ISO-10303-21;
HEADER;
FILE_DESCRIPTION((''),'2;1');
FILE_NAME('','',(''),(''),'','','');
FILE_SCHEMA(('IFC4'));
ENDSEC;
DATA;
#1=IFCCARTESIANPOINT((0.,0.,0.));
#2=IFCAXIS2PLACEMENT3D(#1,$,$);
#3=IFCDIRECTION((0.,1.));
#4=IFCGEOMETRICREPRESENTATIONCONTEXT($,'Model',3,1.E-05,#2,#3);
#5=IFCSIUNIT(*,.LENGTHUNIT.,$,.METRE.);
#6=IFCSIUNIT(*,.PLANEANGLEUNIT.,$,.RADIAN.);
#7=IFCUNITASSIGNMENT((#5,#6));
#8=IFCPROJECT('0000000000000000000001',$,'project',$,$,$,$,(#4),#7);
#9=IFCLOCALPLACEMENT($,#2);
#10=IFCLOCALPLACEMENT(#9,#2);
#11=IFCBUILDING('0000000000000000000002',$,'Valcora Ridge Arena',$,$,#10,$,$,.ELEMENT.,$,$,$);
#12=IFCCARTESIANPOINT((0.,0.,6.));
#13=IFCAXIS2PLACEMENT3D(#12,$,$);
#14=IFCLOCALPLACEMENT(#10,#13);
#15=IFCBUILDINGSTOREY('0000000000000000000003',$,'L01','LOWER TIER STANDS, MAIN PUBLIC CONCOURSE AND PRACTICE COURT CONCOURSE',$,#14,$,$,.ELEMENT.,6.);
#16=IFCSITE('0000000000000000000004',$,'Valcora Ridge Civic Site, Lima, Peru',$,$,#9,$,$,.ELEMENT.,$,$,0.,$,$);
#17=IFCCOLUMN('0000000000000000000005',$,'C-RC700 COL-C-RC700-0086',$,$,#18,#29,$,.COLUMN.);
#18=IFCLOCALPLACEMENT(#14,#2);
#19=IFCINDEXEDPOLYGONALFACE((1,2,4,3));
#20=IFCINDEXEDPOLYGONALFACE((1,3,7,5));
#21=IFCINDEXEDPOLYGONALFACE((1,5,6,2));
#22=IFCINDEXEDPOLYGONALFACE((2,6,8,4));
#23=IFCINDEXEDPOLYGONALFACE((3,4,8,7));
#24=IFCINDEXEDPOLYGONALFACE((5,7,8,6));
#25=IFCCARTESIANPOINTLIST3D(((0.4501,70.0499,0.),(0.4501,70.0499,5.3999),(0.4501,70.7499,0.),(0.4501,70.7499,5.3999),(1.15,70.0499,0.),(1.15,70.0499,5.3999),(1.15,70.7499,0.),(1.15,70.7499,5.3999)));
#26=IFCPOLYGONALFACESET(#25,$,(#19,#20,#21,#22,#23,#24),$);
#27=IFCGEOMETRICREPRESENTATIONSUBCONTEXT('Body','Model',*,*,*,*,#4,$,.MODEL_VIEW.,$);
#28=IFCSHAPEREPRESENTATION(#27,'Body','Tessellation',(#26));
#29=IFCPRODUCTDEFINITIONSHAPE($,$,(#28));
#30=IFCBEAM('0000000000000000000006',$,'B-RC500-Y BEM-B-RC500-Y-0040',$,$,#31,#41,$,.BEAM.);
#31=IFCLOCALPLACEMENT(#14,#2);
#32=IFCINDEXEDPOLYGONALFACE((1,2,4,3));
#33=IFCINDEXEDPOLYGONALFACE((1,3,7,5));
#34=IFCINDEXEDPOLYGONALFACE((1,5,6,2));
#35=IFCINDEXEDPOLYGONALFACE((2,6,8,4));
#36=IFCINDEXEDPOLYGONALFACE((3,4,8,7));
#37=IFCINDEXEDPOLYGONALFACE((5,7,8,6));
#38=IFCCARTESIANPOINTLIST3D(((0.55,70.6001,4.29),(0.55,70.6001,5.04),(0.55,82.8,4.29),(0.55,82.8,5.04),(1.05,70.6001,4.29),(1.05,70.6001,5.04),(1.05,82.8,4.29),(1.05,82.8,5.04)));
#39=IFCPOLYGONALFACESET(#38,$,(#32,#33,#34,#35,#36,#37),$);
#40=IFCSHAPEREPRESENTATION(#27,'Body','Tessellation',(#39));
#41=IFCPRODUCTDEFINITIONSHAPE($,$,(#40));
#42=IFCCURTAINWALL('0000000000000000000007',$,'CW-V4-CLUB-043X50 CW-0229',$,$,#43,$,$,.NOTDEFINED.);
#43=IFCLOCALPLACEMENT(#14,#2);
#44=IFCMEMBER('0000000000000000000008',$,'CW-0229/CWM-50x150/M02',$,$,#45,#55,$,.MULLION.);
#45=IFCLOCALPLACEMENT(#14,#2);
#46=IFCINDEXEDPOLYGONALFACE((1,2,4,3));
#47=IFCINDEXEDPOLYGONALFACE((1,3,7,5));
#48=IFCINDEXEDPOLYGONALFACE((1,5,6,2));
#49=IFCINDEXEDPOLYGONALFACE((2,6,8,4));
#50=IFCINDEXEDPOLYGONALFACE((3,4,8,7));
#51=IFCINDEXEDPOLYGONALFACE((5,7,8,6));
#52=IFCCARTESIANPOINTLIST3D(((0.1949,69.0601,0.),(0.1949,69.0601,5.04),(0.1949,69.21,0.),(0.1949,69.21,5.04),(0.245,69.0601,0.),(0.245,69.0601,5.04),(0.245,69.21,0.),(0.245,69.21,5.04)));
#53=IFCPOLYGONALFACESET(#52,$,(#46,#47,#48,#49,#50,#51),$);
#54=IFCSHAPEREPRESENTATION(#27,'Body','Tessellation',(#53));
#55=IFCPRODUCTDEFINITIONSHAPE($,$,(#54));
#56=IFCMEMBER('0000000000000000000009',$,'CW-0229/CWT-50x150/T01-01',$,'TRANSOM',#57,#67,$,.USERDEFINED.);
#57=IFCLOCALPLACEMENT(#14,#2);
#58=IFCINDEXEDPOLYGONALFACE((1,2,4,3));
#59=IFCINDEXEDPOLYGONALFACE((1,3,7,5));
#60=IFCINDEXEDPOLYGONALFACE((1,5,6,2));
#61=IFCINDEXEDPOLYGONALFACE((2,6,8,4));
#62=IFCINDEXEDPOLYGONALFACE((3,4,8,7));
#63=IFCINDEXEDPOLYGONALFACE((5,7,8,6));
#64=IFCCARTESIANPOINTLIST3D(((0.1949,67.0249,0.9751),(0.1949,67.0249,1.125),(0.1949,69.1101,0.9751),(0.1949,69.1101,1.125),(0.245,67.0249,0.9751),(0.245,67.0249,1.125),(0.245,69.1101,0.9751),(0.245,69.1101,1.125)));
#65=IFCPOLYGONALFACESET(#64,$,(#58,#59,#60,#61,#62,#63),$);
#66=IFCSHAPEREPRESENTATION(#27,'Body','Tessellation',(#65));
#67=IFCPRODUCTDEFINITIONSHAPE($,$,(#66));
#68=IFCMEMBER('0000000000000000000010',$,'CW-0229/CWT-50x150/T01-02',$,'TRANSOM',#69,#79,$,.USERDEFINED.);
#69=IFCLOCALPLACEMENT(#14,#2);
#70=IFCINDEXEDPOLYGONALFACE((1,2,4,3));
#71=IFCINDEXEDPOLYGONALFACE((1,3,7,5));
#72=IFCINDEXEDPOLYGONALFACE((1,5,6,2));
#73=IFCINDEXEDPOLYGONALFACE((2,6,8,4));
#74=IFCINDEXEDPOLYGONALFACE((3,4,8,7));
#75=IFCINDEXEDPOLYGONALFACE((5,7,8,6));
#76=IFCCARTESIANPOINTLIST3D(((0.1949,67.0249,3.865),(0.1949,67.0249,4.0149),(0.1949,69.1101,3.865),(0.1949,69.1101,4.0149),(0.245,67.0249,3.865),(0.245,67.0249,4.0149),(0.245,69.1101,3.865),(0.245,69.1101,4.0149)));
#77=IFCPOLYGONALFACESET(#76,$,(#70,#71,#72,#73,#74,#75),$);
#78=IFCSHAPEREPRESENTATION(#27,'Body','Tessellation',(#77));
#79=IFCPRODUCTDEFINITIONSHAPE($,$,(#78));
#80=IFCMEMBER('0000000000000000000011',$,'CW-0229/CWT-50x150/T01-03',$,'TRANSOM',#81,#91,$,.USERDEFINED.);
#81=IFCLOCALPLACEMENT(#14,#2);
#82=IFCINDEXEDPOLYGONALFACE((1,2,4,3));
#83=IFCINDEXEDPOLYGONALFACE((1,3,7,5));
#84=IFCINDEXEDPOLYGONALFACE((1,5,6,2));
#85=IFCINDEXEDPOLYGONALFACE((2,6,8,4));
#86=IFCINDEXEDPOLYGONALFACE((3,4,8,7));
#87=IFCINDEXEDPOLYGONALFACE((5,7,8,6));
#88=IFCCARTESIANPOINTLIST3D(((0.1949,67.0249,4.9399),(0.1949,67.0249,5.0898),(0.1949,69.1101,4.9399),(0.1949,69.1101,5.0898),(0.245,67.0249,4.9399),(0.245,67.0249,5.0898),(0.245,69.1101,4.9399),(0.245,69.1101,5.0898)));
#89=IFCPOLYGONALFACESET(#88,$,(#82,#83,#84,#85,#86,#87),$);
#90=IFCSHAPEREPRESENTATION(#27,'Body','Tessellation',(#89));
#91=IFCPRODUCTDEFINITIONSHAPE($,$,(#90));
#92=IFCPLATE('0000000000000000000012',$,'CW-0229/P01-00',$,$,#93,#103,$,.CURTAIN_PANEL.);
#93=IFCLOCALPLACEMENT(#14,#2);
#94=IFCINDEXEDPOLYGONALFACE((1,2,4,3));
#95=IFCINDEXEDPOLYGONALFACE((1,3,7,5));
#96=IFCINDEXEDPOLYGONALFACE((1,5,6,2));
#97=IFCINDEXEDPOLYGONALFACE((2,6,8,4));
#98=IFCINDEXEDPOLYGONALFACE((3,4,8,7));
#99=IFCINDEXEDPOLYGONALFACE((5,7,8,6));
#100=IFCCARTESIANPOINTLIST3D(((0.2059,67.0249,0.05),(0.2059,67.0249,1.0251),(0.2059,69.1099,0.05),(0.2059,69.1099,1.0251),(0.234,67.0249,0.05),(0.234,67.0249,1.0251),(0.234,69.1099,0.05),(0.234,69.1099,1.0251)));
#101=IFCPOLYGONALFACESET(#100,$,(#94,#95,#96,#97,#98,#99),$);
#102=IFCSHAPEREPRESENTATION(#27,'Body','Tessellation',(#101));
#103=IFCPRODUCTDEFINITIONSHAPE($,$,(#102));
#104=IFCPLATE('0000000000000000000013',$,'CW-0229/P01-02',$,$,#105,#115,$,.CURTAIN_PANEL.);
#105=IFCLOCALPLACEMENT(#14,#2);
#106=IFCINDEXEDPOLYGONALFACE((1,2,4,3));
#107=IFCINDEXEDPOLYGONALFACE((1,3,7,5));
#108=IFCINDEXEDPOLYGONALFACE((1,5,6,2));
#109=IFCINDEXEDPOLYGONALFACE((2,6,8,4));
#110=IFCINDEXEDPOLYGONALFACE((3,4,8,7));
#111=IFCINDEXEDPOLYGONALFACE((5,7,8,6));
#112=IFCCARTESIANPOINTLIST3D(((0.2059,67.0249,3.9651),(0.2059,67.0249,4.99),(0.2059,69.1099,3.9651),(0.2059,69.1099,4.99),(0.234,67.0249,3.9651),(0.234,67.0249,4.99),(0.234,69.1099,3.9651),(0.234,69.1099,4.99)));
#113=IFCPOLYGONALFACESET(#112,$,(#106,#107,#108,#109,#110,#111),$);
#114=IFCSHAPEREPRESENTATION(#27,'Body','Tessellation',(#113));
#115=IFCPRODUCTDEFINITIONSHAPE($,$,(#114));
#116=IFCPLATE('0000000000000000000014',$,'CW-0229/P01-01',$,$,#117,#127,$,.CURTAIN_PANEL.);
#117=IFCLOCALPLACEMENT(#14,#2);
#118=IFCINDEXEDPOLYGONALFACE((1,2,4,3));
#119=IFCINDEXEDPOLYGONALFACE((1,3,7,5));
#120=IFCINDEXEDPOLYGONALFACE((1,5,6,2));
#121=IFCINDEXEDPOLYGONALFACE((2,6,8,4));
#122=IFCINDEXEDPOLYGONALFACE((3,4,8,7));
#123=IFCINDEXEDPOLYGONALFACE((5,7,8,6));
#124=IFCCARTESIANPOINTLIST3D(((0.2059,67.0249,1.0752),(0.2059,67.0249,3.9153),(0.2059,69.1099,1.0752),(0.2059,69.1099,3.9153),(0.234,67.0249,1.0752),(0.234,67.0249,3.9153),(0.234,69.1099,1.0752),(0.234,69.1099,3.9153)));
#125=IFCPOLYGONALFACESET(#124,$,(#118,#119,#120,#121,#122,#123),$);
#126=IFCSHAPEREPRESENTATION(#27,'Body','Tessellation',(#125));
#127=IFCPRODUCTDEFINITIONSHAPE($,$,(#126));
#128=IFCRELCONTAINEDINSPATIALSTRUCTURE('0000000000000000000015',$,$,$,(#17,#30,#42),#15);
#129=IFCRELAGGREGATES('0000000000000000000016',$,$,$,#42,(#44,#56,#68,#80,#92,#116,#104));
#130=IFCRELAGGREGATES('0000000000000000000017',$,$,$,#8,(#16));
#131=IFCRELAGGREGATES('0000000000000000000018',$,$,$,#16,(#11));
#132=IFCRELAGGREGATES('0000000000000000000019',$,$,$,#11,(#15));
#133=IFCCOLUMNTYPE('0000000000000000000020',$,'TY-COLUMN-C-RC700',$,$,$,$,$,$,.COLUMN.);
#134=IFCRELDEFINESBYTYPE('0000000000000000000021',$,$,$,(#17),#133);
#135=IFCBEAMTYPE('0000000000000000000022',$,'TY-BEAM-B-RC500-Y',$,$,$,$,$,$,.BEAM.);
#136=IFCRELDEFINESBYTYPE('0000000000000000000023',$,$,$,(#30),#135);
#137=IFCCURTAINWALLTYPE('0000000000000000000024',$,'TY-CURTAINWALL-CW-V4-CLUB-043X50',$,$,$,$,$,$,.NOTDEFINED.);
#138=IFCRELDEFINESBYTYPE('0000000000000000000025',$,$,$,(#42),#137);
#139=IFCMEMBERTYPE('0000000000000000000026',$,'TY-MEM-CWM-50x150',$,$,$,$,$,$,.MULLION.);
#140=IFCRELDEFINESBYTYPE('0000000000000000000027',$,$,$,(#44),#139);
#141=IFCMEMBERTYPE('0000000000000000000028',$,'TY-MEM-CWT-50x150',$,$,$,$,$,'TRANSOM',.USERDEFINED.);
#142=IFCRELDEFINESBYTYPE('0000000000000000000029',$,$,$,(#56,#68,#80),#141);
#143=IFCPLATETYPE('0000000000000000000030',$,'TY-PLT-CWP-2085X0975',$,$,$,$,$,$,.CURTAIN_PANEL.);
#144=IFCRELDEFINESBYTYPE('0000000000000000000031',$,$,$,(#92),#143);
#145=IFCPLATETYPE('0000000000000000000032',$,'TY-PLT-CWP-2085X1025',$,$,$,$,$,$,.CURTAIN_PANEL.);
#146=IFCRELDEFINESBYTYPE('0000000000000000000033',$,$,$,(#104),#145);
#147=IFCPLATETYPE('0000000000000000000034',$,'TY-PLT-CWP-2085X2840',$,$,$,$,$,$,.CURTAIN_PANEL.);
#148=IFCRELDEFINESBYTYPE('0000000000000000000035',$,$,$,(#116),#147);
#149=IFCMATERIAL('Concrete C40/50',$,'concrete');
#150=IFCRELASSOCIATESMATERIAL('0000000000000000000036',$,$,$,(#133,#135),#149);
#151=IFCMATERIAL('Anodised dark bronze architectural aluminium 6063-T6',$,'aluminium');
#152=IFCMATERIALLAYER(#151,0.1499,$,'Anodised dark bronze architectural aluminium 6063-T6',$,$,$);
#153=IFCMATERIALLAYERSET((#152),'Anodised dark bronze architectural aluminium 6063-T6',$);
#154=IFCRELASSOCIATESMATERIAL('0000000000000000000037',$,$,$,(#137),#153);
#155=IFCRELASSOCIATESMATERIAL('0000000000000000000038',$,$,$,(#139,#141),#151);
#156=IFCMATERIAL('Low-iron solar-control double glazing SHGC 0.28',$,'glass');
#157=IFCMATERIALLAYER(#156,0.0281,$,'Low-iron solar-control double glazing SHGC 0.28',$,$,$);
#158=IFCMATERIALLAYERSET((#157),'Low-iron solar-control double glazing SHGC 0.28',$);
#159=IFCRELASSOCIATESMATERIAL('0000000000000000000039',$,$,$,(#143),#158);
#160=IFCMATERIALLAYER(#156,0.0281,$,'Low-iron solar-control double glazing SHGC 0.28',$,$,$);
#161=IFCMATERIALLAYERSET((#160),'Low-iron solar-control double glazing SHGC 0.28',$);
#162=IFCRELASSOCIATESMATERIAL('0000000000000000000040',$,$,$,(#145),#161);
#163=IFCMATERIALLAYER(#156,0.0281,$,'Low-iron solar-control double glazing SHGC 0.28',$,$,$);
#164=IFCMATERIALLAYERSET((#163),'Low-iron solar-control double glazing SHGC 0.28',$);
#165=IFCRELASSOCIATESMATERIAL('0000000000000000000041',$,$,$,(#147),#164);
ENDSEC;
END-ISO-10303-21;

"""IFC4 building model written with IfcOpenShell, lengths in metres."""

from ifc_helpers import new_model, si_unit, direction, frame, origin, origin_2d, place, context, subcontext, project, spatial, rectangle, extrude, material, layer, layer_set, material_profile, profile_set, type_object, element, aggregate, save


model = new_model("IFC4")

# Units and contexts
model_context = context("Model", 3, precision=1e-05, world=origin(), true_north=direction((0.0, 1.0)))
body_context = subcontext(model_context, "Body", "Model", "MODEL_VIEW")
ifc_project = project(units=[si_unit("LENGTHUNIT", "METRE"), si_unit("PLANEANGLEUNIT", "RADIAN")], contexts=[model_context])

# Site, building, storey
site_placement = place(None, origin())
site = spatial("IfcSite", under=ifc_project, at=site_placement, Name="Valcora Ridge Civic Site, Lima, Peru", CompositionType="ELEMENT", RefElevation=0.0)
building_placement = place(site_placement, origin())
building = spatial("IfcBuilding", under=site, at=building_placement, Name="Valcora Ridge Arena", CompositionType="ELEMENT")
storey_placement = place(building_placement, frame((0.0, 0.0, 6.0)))
storey = spatial("IfcBuildingStorey", under=building, at=storey_placement, Name="L01", Description="LOWER TIER STANDS, MAIN PUBLIC CONCOURSE AND PRACTICE COURT CONCOURSE", CompositionType="ELEMENT", Elevation=6.0)

# Column
ifc_material_1 = material(Name="Concrete C40/50", Category="concrete")
ifc_material_profile_1 = material_profile(ifc_material_1, rectangle(XDim=0.7, YDim=0.7, at=origin_2d()), Name="RC 700x700")
ifc_profile_set_1 = profile_set([ifc_material_profile_1], Name="Concrete C40/50")
column_type = type_object("IfcColumnType", Name="TY-COLUMN-C-RC700", PredefinedType="COLUMN", material=ifc_profile_set_1)
column_placement = place(storey_placement, frame((0.8, 70.3999, 0.0), z_axis=(0.0, 0.0, 1.0), x_axis=(1.0, 0.0, 0.0)))
element("IfcColumn", 1, at=column_placement, inside=storey, type_object=column_type, Name="C-RC700 COL-C-RC700-0086", PredefinedType="COLUMN", context=body_context, shape_type="SweptSolid", body=[
    extrude(rectangle(XDim=0.7, YDim=0.7, at=origin_2d()), origin(), (0.0, 0.0, 1.0), 5.3999),
])

# Beam
ifc_material_profile_2 = material_profile(ifc_material_1, rectangle(XDim=0.5, YDim=0.75, at=origin_2d()), Name="RC 500x750")
ifc_profile_set_2 = profile_set([ifc_material_profile_2], Name="Concrete C40/50")
beam_type = type_object("IfcBeamType", Name="TY-BEAM-B-RC500-Y", PredefinedType="BEAM", material=ifc_profile_set_2)
beam_placement = place(storey_placement, frame((0.8, 70.6001, 4.665), z_axis=(0.0, 1.0, 0.0), x_axis=(-1.0, 0.0, 0.0)))
element("IfcBeam", 2, at=beam_placement, inside=storey, type_object=beam_type, Name="B-RC500-Y BEM-B-RC500-Y-0040", PredefinedType="BEAM", context=body_context, shape_type="SweptSolid", body=[
    extrude(rectangle(XDim=0.5, YDim=0.75, at=origin_2d()), origin(), (0.0, 0.0, 1.0), 12.2),
])

# Curtain wall, members, plates
ifc_material_2 = material(Name="Anodised dark bronze architectural aluminium 6063-T6", Category="aluminium")
ifc_layer_1 = layer(ifc_material_2, 0.1499, Name="Anodised dark bronze architectural aluminium 6063-T6")
ifc_layer_set_1 = layer_set([ifc_layer_1], Name="Anodised dark bronze architectural aluminium 6063-T6")
curtain_wall_type = type_object("IfcCurtainWallType", Name="TY-CURTAINWALL-CW-V4-CLUB-043X50", PredefinedType="NOTDEFINED", material=ifc_layer_set_1)
curtain_wall_placement = place(storey_placement, origin())
curtain_wall = element("IfcCurtainWall", 3, at=curtain_wall_placement, inside=storey, type_object=curtain_wall_type, Name="CW-V4-CLUB-043X50 CW-0229", PredefinedType="NOTDEFINED")
ifc_material_profile_3 = material_profile(ifc_material_2, rectangle(XDim=0.05, YDim=0.1499, at=origin_2d()), Name="ALU MULLION 50x150")
ifc_profile_set_3 = profile_set([ifc_material_profile_3], Name="Anodised dark bronze architectural aluminium 6063-T6")
member_type_1 = type_object("IfcMemberType", Name="TY-MEM-CWM-50x150", PredefinedType="MULLION", material=ifc_profile_set_3)
member_1_placement = place(storey_placement, frame((0.22, 69.135, 0.0), z_axis=(0.0, 0.0, 1.0), x_axis=(-1.0, 0.0, 0.0)))
member_1 = element("IfcMember", 4, at=member_1_placement, type_object=member_type_1, Name="CW-0229/CWM-50x150/M02", PredefinedType="MULLION", context=body_context, shape_type="SweptSolid", body=[
    extrude(rectangle(XDim=0.05, YDim=0.1499, at=origin_2d()), origin(), (0.0, 0.0, 1.0), 5.04),
])
ifc_material_profile_4 = material_profile(ifc_material_2, rectangle(XDim=0.05, YDim=0.1499, at=origin_2d()), Name="ALU TRANSOM 50x150")
ifc_profile_set_4 = profile_set([ifc_material_profile_4], Name="Anodised dark bronze architectural aluminium 6063-T6")
member_type_2 = type_object("IfcMemberType", Name="TY-MEM-CWT-50x150", ElementType="TRANSOM", PredefinedType="USERDEFINED", material=ifc_profile_set_4)
member_2_placement = place(storey_placement, frame((0.22, 67.0249, 1.05), z_axis=(0.0, 1.0, 0.0), x_axis=(-1.0, 0.0, 0.0)))
member_2 = element("IfcMember", 5, at=member_2_placement, type_object=member_type_2, Name="CW-0229/CWT-50x150/T01-01", ObjectType="TRANSOM", PredefinedType="USERDEFINED", context=body_context, shape_type="SweptSolid", body=[
    extrude(rectangle(XDim=0.05, YDim=0.1499, at=origin_2d()), origin(), (0.0, 0.0, 1.0), 2.0852),
])
member_3_placement = place(storey_placement, frame((0.22, 67.0249, 3.9399), z_axis=(0.0, 1.0, 0.0), x_axis=(-1.0, 0.0, 0.0)))
member_3 = element("IfcMember", 6, at=member_3_placement, type_object=member_type_2, Name="CW-0229/CWT-50x150/T01-02", ObjectType="TRANSOM", PredefinedType="USERDEFINED", context=body_context, shape_type="SweptSolid", body=[
    extrude(rectangle(XDim=0.05, YDim=0.1499, at=origin_2d()), origin(), (0.0, 0.0, 1.0), 2.0852),
])
member_4_placement = place(storey_placement, frame((0.22, 67.0249, 5.0149), z_axis=(0.0, 1.0, 0.0), x_axis=(-1.0, 0.0, 0.0)))
member_4 = element("IfcMember", 7, at=member_4_placement, type_object=member_type_2, Name="CW-0229/CWT-50x150/T01-03", ObjectType="TRANSOM", PredefinedType="USERDEFINED", context=body_context, shape_type="SweptSolid", body=[
    extrude(rectangle(XDim=0.05, YDim=0.1499, at=origin_2d()), origin(), (0.0, 0.0, 1.0), 2.0852),
])
ifc_material_3 = material(Name="Low-iron solar-control double glazing SHGC 0.28", Category="glass")
ifc_layer_2 = layer(ifc_material_3, 0.0281, Name="Low-iron solar-control double glazing SHGC 0.28")
ifc_layer_set_2 = layer_set([ifc_layer_2], Name="Low-iron solar-control double glazing SHGC 0.28")
plate_type_1 = type_object("IfcPlateType", Name="TY-PLT-CWP-2085X0975", PredefinedType="CURTAIN_PANEL", material=ifc_layer_set_2)
plate_1_placement = place(storey_placement, frame((0.22, 68.0674, 0.05), z_axis=(0.0, 0.0, 1.0), x_axis=(0.0, 1.0, 0.0)))
plate_1 = element("IfcPlate", 8, at=plate_1_placement, type_object=plate_type_1, Name="CW-0229/P01-00", PredefinedType="CURTAIN_PANEL", context=body_context, shape_type="SweptSolid", body=[
    extrude(rectangle(XDim=2.085, YDim=0.0281, at=origin_2d()), origin(), (0.0, 0.0, 1.0), 0.9751),
])
ifc_layer_3 = layer(ifc_material_3, 0.0281, Name="Low-iron solar-control double glazing SHGC 0.28")
ifc_layer_set_3 = layer_set([ifc_layer_3], Name="Low-iron solar-control double glazing SHGC 0.28")
plate_type_2 = type_object("IfcPlateType", Name="TY-PLT-CWP-2085X1025", PredefinedType="CURTAIN_PANEL", material=ifc_layer_set_3)
plate_2_placement = place(storey_placement, frame((0.22, 68.0674, 3.9651), z_axis=(0.0, 0.0, 1.0), x_axis=(0.0, 1.0, 0.0)))
plate_2 = element("IfcPlate", 9, at=plate_2_placement, type_object=plate_type_2, Name="CW-0229/P01-02", PredefinedType="CURTAIN_PANEL", context=body_context, shape_type="SweptSolid", body=[
    extrude(rectangle(XDim=2.085, YDim=0.0281, at=origin_2d()), origin(), (0.0, 0.0, 1.0), 1.0249),
])
ifc_layer_4 = layer(ifc_material_3, 0.0281, Name="Low-iron solar-control double glazing SHGC 0.28")
ifc_layer_set_4 = layer_set([ifc_layer_4], Name="Low-iron solar-control double glazing SHGC 0.28")
plate_type_3 = type_object("IfcPlateType", Name="TY-PLT-CWP-2085X2840", PredefinedType="CURTAIN_PANEL", material=ifc_layer_set_4)
plate_3_placement = place(storey_placement, frame((0.22, 68.0674, 1.0752), z_axis=(0.0, 0.0, 1.0), x_axis=(0.0, 1.0, 0.0)))
plate_3 = element("IfcPlate", 10, at=plate_3_placement, type_object=plate_type_3, Name="CW-0229/P01-01", PredefinedType="CURTAIN_PANEL", context=body_context, shape_type="SweptSolid", body=[
    extrude(rectangle(XDim=2.085, YDim=0.0281, at=origin_2d()), origin(), (0.0, 0.0, 1.0), 2.8401),
])
aggregate(curtain_wall, [member_1, member_2, member_3, member_4, plate_1, plate_3, plate_2])

save(model, "model.ifc")
